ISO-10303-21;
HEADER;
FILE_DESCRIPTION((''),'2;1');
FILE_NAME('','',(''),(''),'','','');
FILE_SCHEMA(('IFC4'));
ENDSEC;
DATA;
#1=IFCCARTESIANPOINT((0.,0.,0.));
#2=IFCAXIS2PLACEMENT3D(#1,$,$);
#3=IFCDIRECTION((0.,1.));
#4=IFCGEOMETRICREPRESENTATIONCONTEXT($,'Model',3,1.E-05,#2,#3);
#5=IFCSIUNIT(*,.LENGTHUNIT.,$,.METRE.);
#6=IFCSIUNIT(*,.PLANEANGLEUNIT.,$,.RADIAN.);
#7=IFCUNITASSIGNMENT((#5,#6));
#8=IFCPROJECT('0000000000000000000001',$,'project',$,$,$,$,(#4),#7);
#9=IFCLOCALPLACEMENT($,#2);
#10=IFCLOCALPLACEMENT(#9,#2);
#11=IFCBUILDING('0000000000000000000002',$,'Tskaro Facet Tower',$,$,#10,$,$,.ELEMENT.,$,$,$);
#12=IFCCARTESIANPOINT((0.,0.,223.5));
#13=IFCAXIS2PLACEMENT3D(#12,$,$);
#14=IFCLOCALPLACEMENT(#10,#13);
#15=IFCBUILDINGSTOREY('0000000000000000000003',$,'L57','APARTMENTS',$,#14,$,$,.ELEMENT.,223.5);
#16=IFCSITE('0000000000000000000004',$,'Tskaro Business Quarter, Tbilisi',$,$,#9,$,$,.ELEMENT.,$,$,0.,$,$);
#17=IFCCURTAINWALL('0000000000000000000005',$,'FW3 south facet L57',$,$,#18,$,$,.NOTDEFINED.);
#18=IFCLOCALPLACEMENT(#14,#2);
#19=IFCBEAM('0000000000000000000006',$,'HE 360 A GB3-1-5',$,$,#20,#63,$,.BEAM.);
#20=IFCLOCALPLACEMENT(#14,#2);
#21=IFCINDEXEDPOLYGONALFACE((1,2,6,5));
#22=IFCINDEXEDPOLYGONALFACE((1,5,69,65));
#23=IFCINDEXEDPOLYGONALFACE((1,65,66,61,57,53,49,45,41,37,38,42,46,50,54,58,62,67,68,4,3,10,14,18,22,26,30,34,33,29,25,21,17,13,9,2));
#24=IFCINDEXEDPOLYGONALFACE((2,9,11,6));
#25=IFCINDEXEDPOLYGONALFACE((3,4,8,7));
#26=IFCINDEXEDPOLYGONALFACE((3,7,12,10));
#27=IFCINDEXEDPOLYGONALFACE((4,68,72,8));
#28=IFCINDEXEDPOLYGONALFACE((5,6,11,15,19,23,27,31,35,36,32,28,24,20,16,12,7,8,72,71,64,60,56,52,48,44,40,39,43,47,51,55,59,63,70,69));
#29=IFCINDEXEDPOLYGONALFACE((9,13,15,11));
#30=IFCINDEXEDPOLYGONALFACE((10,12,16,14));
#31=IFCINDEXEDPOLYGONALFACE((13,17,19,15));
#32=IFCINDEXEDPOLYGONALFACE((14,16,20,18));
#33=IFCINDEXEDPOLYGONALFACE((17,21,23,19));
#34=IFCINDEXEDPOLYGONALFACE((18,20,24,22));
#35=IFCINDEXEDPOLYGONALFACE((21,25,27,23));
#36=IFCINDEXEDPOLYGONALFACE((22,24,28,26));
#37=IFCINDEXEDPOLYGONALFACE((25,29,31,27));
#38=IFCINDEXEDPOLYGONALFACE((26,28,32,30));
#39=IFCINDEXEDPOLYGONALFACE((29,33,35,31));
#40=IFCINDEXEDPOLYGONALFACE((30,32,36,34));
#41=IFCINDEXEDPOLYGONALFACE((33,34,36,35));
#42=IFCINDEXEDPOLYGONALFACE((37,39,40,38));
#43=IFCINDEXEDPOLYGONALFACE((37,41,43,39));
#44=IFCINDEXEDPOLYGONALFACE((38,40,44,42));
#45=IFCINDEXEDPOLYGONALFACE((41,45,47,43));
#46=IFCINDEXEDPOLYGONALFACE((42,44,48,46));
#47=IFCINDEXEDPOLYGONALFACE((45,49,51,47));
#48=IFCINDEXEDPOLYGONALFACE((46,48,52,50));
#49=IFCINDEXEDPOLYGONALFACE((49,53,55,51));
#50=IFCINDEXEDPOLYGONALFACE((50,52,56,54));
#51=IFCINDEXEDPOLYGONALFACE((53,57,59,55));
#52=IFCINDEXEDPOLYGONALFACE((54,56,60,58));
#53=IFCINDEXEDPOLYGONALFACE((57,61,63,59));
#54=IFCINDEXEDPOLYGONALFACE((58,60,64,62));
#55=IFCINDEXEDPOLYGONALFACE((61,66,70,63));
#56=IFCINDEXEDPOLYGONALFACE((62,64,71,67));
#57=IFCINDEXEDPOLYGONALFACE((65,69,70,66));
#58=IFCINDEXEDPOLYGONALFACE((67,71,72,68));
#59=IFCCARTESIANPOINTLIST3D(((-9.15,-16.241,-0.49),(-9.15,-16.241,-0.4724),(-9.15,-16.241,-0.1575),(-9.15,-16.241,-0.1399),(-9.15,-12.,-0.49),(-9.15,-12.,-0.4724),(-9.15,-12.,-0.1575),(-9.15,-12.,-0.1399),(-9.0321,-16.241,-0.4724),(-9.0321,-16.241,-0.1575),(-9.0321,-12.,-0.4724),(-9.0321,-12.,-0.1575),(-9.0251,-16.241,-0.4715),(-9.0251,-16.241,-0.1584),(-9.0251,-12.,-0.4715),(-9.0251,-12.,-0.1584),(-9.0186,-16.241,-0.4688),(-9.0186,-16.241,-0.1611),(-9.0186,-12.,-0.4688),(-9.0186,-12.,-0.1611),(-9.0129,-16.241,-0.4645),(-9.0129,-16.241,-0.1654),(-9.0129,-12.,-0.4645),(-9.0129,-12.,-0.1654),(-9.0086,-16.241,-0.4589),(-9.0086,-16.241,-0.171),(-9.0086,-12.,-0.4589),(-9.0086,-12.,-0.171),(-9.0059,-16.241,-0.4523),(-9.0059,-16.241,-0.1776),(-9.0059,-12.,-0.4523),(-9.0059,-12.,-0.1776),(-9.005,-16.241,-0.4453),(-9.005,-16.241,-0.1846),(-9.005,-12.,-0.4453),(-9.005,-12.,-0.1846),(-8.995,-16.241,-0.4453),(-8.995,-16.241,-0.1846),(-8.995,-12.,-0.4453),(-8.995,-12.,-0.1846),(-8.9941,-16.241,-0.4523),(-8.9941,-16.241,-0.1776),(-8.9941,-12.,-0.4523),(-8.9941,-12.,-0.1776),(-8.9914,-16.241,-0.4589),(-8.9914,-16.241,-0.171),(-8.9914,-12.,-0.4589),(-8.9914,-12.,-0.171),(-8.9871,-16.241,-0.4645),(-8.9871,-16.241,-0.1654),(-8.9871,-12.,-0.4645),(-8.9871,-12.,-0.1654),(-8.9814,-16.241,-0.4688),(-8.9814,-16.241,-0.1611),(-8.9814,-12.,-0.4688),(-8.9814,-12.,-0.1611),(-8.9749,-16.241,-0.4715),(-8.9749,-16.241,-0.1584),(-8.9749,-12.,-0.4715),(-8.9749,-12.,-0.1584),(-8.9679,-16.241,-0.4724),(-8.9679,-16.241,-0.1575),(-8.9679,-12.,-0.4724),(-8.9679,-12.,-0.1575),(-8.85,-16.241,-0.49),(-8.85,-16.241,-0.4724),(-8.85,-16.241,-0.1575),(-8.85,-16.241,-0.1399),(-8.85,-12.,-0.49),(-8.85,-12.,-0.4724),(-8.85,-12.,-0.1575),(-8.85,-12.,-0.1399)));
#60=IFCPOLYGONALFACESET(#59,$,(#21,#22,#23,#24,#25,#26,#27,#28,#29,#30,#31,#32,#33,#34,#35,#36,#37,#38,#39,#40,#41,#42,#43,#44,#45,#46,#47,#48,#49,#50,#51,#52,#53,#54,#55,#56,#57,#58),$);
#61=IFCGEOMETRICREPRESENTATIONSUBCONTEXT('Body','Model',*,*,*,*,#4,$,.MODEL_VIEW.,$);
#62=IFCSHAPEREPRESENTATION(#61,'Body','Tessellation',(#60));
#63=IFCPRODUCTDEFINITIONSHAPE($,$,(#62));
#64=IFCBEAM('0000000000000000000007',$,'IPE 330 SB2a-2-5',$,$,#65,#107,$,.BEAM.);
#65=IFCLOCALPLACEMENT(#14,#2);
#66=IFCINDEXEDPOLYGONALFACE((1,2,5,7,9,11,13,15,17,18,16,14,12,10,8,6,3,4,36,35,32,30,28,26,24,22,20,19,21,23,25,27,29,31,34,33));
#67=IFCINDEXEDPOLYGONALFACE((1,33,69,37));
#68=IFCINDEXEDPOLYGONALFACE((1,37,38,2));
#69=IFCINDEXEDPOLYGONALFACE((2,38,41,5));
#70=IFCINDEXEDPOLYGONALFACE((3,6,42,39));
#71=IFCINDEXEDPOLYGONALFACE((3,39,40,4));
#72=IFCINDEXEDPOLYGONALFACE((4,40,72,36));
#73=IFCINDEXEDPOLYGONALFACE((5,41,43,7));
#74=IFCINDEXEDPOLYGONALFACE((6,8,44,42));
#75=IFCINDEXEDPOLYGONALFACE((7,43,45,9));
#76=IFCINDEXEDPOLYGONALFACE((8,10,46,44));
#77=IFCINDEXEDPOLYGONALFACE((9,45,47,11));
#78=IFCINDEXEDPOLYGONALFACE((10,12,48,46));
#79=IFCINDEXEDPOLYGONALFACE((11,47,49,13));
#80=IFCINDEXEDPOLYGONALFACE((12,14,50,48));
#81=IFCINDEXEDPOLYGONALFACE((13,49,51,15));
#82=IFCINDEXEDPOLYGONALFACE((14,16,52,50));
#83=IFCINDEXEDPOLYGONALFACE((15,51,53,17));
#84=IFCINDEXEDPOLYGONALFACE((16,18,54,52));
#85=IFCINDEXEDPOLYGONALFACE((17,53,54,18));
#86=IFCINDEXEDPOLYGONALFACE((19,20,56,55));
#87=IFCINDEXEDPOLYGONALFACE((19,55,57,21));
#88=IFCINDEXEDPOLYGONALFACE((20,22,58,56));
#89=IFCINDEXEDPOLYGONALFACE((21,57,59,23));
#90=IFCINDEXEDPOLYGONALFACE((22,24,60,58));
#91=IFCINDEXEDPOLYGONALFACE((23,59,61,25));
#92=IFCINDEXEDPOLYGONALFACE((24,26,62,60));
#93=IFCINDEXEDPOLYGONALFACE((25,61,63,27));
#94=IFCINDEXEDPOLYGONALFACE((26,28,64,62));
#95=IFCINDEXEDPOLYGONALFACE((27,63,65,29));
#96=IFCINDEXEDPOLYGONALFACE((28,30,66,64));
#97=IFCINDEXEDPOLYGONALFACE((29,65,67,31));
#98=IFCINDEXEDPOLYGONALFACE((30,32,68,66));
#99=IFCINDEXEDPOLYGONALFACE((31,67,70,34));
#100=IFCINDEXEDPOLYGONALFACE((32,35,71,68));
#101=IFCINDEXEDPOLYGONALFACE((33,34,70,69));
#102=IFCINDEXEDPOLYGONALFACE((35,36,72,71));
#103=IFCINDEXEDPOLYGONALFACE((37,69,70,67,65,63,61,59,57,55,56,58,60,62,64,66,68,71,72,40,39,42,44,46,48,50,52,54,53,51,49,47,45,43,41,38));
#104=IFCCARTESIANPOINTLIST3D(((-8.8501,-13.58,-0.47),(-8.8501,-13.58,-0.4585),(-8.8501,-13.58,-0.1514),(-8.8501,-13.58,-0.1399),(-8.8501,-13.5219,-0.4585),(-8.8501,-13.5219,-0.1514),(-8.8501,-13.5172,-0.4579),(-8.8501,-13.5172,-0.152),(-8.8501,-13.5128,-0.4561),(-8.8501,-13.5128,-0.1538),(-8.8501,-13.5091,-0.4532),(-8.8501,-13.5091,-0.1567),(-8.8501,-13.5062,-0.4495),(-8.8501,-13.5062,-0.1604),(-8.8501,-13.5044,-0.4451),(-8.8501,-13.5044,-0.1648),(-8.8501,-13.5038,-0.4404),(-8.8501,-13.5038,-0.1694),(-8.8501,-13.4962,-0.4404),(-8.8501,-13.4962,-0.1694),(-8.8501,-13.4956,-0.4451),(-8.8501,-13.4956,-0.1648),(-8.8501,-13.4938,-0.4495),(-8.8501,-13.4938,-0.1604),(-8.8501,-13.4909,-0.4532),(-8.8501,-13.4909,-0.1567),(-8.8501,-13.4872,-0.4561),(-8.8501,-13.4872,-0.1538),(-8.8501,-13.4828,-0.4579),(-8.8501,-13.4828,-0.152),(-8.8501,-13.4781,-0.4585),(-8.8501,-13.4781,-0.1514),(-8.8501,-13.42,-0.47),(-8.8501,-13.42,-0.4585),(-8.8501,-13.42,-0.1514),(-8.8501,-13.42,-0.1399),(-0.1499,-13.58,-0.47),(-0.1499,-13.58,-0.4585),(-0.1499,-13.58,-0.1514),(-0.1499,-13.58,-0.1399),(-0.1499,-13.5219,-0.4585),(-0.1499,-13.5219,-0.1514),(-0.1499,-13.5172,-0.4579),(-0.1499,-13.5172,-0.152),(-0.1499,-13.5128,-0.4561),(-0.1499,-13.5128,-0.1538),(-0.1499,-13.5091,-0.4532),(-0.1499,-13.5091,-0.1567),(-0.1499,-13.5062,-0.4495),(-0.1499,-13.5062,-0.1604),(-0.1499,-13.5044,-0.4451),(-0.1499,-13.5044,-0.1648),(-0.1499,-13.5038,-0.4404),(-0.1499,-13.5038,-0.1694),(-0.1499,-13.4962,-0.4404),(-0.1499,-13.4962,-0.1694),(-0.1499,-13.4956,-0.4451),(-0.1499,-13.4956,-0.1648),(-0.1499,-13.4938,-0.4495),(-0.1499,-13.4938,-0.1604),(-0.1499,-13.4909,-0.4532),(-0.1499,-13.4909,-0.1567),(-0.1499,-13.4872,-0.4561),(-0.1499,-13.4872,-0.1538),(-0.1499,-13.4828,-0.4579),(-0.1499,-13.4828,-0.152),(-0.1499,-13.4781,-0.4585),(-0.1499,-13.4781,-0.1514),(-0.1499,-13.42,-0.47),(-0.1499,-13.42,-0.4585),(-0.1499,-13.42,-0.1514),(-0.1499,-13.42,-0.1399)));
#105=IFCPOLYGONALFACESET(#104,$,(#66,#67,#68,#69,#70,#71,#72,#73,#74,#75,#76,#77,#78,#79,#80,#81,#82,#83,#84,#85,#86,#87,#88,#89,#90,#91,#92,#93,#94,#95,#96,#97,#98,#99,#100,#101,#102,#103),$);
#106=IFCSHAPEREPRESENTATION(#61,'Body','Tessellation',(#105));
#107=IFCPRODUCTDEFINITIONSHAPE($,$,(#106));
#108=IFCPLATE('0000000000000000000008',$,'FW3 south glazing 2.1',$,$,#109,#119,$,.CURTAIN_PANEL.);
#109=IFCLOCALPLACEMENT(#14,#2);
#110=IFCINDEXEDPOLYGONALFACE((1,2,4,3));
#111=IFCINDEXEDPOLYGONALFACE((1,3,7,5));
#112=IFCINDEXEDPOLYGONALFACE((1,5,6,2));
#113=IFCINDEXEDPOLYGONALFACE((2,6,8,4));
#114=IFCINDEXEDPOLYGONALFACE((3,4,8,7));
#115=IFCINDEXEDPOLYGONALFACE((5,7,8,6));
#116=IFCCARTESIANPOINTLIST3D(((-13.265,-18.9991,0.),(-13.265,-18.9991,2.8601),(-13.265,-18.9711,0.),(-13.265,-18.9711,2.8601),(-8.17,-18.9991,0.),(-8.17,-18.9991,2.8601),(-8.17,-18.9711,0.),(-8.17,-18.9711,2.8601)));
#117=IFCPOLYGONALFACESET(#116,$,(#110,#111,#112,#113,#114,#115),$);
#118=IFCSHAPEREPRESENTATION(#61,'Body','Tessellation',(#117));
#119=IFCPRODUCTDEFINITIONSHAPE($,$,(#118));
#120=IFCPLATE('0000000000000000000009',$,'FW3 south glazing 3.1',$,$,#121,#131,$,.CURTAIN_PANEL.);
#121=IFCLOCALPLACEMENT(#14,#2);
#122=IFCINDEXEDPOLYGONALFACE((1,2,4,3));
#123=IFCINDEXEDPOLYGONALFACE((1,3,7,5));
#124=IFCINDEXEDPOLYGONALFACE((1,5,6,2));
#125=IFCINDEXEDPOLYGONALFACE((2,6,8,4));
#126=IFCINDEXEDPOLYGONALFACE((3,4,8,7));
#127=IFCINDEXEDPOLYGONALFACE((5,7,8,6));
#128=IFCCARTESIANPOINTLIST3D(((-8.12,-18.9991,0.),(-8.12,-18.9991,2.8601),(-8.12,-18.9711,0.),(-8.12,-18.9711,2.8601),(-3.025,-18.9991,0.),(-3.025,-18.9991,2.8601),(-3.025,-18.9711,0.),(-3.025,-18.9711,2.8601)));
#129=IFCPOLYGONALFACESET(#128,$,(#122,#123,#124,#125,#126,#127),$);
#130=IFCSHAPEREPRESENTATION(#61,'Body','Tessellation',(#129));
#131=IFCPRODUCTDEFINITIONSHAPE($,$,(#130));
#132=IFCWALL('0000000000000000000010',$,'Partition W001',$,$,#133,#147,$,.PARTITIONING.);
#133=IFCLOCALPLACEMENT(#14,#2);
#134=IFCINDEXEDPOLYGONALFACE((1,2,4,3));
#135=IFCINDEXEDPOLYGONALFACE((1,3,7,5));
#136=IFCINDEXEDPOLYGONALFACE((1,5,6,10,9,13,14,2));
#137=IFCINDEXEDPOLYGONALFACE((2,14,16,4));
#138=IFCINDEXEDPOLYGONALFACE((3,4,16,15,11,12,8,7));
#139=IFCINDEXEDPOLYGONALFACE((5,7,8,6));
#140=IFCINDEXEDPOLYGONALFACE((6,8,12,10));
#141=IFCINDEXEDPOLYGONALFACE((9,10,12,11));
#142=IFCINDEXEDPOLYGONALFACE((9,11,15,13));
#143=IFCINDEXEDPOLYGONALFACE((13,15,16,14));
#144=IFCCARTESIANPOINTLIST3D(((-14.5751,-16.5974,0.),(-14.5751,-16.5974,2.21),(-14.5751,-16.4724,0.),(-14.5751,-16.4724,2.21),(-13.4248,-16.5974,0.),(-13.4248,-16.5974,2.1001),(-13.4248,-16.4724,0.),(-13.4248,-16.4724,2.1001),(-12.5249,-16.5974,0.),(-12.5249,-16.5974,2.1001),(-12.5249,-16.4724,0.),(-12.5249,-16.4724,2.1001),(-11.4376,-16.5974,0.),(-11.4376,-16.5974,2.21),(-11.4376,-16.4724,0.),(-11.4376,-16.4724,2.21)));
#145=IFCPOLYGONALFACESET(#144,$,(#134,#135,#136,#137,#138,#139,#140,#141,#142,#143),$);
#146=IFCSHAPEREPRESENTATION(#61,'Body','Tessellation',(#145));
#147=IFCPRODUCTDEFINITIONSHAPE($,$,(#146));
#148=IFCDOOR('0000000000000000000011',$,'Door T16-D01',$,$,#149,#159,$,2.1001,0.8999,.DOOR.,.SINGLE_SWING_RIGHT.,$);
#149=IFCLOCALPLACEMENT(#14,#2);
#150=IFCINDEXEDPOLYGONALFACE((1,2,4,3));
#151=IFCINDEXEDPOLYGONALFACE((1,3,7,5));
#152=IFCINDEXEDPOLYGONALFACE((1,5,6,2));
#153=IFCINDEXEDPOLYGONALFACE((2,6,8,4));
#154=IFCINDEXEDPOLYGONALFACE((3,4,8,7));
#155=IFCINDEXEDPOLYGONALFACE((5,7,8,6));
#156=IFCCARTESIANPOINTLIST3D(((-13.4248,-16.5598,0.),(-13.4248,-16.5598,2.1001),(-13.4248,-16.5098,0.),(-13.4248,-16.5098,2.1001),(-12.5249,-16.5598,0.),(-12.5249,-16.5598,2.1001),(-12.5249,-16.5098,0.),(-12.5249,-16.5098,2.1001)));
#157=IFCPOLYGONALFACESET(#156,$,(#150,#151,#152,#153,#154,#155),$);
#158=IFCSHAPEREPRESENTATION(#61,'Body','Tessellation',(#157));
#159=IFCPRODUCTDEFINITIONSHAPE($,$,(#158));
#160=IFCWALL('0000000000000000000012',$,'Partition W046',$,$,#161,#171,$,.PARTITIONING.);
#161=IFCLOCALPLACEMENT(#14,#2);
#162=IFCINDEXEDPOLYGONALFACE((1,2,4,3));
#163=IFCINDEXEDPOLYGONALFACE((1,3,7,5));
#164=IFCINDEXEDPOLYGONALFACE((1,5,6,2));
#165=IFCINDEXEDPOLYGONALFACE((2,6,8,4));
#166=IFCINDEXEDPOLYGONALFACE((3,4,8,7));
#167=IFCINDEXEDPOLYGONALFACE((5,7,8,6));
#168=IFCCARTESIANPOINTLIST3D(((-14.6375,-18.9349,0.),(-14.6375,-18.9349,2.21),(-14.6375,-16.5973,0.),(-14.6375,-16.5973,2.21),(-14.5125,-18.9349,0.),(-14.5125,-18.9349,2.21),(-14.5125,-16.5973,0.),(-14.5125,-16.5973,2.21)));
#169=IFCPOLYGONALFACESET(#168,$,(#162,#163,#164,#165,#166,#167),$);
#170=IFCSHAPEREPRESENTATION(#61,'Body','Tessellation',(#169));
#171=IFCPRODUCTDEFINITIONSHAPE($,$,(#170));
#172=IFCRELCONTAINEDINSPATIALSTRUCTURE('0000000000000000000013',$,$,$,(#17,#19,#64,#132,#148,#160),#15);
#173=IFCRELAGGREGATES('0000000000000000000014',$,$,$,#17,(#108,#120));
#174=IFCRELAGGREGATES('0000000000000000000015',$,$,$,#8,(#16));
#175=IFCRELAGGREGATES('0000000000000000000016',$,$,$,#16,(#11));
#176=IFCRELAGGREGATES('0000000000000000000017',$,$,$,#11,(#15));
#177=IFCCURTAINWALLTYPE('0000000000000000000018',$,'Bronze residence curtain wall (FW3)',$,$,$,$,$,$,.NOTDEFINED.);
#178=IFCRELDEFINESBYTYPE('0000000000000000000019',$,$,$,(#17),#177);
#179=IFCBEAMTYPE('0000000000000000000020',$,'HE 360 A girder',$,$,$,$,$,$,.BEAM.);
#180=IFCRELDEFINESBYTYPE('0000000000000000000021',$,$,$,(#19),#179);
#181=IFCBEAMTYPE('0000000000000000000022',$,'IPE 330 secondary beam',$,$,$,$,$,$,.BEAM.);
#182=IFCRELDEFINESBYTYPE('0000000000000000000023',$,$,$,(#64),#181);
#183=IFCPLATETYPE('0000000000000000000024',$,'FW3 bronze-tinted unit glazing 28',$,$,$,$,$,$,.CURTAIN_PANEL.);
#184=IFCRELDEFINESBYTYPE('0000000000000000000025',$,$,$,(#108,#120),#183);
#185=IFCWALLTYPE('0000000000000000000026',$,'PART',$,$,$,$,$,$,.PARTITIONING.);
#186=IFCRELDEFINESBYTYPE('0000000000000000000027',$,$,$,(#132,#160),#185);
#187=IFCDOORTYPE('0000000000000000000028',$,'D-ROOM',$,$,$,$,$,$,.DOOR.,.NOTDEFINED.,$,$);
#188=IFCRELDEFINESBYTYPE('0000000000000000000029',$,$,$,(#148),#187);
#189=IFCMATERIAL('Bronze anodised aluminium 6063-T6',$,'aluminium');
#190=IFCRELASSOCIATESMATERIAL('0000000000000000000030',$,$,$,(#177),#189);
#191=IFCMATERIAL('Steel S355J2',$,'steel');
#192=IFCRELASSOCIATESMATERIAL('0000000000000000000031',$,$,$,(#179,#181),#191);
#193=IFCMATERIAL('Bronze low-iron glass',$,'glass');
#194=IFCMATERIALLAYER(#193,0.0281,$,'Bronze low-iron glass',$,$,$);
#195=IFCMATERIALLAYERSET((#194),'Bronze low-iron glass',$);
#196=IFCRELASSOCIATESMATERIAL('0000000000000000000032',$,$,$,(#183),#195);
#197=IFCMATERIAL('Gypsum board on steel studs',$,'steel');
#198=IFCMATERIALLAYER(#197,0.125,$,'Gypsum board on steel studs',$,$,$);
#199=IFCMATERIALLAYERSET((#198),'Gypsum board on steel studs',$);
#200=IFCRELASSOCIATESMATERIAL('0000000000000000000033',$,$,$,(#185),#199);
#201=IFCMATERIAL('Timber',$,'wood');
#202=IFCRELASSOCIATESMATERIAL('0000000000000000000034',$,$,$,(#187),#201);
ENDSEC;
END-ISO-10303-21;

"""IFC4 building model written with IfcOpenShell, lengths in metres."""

from ifc_helpers import new_model, si_unit, direction, frame, frame_2d, origin, origin_2d, place, context, subcontext, project, spatial, rectangle, i_section, extrude, material, layer, layer_set, material_profile, profile_set, type_object, element, fill, aggregate, save


model = new_model("IFC4")

# Units and contexts
model_context = context("Model", 3, precision=1e-05, world=origin(), true_north=direction((0.0, 1.0)))
body_context = subcontext(model_context, "Body", "Model", "MODEL_VIEW")
ifc_project = project(units=[si_unit("LENGTHUNIT", "METRE"), si_unit("PLANEANGLEUNIT", "RADIAN")], contexts=[model_context])

# Site, building, storey
site_placement = place(None, origin())
site = spatial("IfcSite", under=ifc_project, at=site_placement, Name="Tskaro Business Quarter, Tbilisi", CompositionType="ELEMENT", RefElevation=0.0)
building_placement = place(site_placement, origin())
building = spatial("IfcBuilding", under=site, at=building_placement, Name="Tskaro Facet Tower", CompositionType="ELEMENT")
storey_placement = place(building_placement, frame((0.0, 0.0, 223.5)))
storey = spatial("IfcBuildingStorey", under=building, at=storey_placement, Name="L57", Description="APARTMENTS", CompositionType="ELEMENT", Elevation=223.5)

# Curtain wall
ifc_material_1 = material(Name="Bronze anodised aluminium 6063-T6", Category="aluminium")
curtain_wall_type = type_object("IfcCurtainWallType", Name="Bronze residence curtain wall (FW3)", PredefinedType="NOTDEFINED", material=ifc_material_1)
curtain_wall_placement = place(storey_placement, origin())
curtain_wall = element("IfcCurtainWall", 1, at=curtain_wall_placement, inside=storey, type_object=curtain_wall_type, Name="FW3 south facet L57", PredefinedType="NOTDEFINED")

# Beams
ifc_material_2 = material(Name="Steel S355J2", Category="steel")
ifc_material_profile_1 = material_profile(ifc_material_2, i_section(OverallWidth=0.3, OverallDepth=0.3501, WebThickness=0.01, FlangeThickness=0.0176, FilletRadius=0.0271, at=origin_2d()), Name="HE 360 A")
ifc_profile_set_1 = profile_set([ifc_material_profile_1], Name="Steel S355J2")
beam_type_1 = type_object("IfcBeamType", Name="HE 360 A girder", PredefinedType="BEAM", material=ifc_profile_set_1)
beam_1_placement = place(storey_placement, frame((-9.0, -16.241, -0.3149), z_axis=(0.0, 1.0, 0.0), x_axis=(-1.0, 0.0, 0.0)))
element("IfcBeam", 2, at=beam_1_placement, inside=storey, type_object=beam_type_1, Name="HE 360 A GB3-1-5", PredefinedType="BEAM", context=body_context, shape_type="SweptSolid", body=[
    extrude(i_section(OverallWidth=0.3, OverallDepth=0.3501, WebThickness=0.01, FlangeThickness=0.0176, FilletRadius=0.0271, at=origin_2d()), origin(), (0.0, 0.0, 1.0), 4.241),
])
ifc_material_profile_2 = material_profile(ifc_material_2, i_section(OverallWidth=0.1599, OverallDepth=0.3301, WebThickness=0.0076, FlangeThickness=0.0115, FilletRadius=0.0181, at=origin_2d()), Name="IPE 330")
ifc_profile_set_2 = profile_set([ifc_material_profile_2], Name="Steel S355J2")
beam_type_2 = type_object("IfcBeamType", Name="IPE 330 secondary beam", PredefinedType="BEAM", material=ifc_profile_set_2)
beam_2_placement = place(storey_placement, frame((-8.8501, -13.5, -0.3049), z_axis=(1.0, 0.0, 0.0), x_axis=(0.0, 1.0, 0.0)))
element("IfcBeam", 3, at=beam_2_placement, inside=storey, type_object=beam_type_2, Name="IPE 330 SB2a-2-5", PredefinedType="BEAM", context=body_context, shape_type="SweptSolid", body=[
    extrude(i_section(OverallWidth=0.1599, OverallDepth=0.3301, WebThickness=0.0076, FlangeThickness=0.0115, FilletRadius=0.0181, at=origin_2d()), origin(), (0.0, 0.0, 1.0), 8.7002),
])

# Plates
ifc_material_3 = material(Name="Bronze low-iron glass", Category="glass")
ifc_layer_1 = layer(ifc_material_3, 0.0281, Name="Bronze low-iron glass")
ifc_layer_set_1 = layer_set([ifc_layer_1], Name="Bronze low-iron glass")
plate_type = type_object("IfcPlateType", Name="FW3 bronze-tinted unit glazing 28", PredefinedType="CURTAIN_PANEL", material=ifc_layer_set_1)
plate_1_placement = place(storey_placement, frame((-10.7175, -18.9851, 0.0), z_axis=(0.0, 0.0, 1.0), x_axis=(1.0, 0.0, 0.0)))
plate_1 = element("IfcPlate", 4, at=plate_1_placement, type_object=plate_type, Name="FW3 south glazing 2.1", PredefinedType="CURTAIN_PANEL", context=body_context, shape_type="SweptSolid", body=[
    extrude(rectangle(XDim=5.095, YDim=0.0281, at=origin_2d()), origin(), (0.0, 0.0, 1.0), 2.8601),
])
plate_2_placement = place(storey_placement, frame((-5.5725, -18.9851, 0.0), z_axis=(0.0, 0.0, 1.0), x_axis=(1.0, 0.0, 0.0)))
plate_2 = element("IfcPlate", 5, at=plate_2_placement, type_object=plate_type, Name="FW3 south glazing 3.1", PredefinedType="CURTAIN_PANEL", context=body_context, shape_type="SweptSolid", body=[
    extrude(rectangle(XDim=5.095, YDim=0.0281, at=origin_2d()), origin(), (0.0, 0.0, 1.0), 2.8601),
])
aggregate(curtain_wall, [plate_1, plate_2])

# Wall, opening, door
ifc_material_4 = material(Name="Gypsum board on steel studs", Category="steel")
ifc_layer_2 = layer(ifc_material_4, 0.125, Name="Gypsum board on steel studs")
ifc_layer_set_2 = layer_set([ifc_layer_2], Name="Gypsum board on steel studs")
wall_type_1 = type_object("IfcWallType", Name="PART", PredefinedType="PARTITIONING", material=ifc_layer_set_2)
wall_1_placement = place(storey_placement, frame((-11.4375, -16.5349, 0.0), z_axis=(0.0, 0.0, 1.0), x_axis=(-1.0, 0.0, 0.0)))
wall_1 = element("IfcWall", 6, at=wall_1_placement, inside=storey, type_object=wall_type_1, Name="Partition W001", PredefinedType="PARTITIONING", context=body_context, shape_type="SweptSolid", body=[
    extrude(rectangle(XDim=3.1375, YDim=0.125, at=frame_2d((1.5688, 0.0))), origin(), (0.0, 0.0, 1.0), 2.21),
])
opening_1_placement = place(wall_1_placement, frame((1.0874, 0.0, 0.0)))
opening_1 = element("IfcOpeningElement", 7, at=opening_1_placement, cuts=wall_1, PredefinedType="OPENING", context=body_context, shape_type="SweptSolid", body=[
    extrude(rectangle(XDim=0.8999, YDim=2.1001, at=frame_2d((0.45, 1.05))), frame((0.0, 0.0725, 0.0), z_axis=(0.0, -1.0, 0.0), x_axis=(1.0, 0.0, 0.0)), (0.0, 0.0, 1.0), 0.145),
])
ifc_material_5 = material(Name="Timber", Category="wood")
door_type_1 = type_object("IfcDoorType", Name="D-ROOM", OperationType="NOTDEFINED", PredefinedType="DOOR", material=ifc_material_5)
door_1_placement = place(opening_1_placement, origin())
door_1 = element("IfcDoor", 8, at=door_1_placement, inside=storey, type_object=door_type_1, Name="Door T16-D01", OperationType="SINGLE_SWING_RIGHT", OverallHeight=2.1001, OverallWidth=0.8999, PredefinedType="DOOR", context=body_context, shape_type="SweptSolid", body=[
    extrude(rectangle(XDim=0.8999, YDim=2.1001, at=frame_2d((0.45, 1.05))), frame((0.0, 0.0249, 0.0), z_axis=(0.0, -1.0, 0.0), x_axis=(1.0, 0.0, 0.0)), (0.0, 0.0, 1.0), 0.05),
])
fill(opening_1, door_1)

# Wall
wall_2_placement = place(storey_placement, frame((-14.575, -18.9351, 0.0), z_axis=(0.0, 0.0, 1.0), x_axis=(0.0, 1.0, 0.0)))
element("IfcWall", 9, at=wall_2_placement, inside=storey, type_object=wall_type_1, Name="Partition W046", PredefinedType="PARTITIONING", context=body_context, shape_type="SweptSolid", body=[
    extrude(rectangle(XDim=2.3376, YDim=0.125, at=frame_2d((1.1689, 0.0))), origin(), (0.0, 0.0, 1.0), 2.21),
])

save(model, "model.ifc")
